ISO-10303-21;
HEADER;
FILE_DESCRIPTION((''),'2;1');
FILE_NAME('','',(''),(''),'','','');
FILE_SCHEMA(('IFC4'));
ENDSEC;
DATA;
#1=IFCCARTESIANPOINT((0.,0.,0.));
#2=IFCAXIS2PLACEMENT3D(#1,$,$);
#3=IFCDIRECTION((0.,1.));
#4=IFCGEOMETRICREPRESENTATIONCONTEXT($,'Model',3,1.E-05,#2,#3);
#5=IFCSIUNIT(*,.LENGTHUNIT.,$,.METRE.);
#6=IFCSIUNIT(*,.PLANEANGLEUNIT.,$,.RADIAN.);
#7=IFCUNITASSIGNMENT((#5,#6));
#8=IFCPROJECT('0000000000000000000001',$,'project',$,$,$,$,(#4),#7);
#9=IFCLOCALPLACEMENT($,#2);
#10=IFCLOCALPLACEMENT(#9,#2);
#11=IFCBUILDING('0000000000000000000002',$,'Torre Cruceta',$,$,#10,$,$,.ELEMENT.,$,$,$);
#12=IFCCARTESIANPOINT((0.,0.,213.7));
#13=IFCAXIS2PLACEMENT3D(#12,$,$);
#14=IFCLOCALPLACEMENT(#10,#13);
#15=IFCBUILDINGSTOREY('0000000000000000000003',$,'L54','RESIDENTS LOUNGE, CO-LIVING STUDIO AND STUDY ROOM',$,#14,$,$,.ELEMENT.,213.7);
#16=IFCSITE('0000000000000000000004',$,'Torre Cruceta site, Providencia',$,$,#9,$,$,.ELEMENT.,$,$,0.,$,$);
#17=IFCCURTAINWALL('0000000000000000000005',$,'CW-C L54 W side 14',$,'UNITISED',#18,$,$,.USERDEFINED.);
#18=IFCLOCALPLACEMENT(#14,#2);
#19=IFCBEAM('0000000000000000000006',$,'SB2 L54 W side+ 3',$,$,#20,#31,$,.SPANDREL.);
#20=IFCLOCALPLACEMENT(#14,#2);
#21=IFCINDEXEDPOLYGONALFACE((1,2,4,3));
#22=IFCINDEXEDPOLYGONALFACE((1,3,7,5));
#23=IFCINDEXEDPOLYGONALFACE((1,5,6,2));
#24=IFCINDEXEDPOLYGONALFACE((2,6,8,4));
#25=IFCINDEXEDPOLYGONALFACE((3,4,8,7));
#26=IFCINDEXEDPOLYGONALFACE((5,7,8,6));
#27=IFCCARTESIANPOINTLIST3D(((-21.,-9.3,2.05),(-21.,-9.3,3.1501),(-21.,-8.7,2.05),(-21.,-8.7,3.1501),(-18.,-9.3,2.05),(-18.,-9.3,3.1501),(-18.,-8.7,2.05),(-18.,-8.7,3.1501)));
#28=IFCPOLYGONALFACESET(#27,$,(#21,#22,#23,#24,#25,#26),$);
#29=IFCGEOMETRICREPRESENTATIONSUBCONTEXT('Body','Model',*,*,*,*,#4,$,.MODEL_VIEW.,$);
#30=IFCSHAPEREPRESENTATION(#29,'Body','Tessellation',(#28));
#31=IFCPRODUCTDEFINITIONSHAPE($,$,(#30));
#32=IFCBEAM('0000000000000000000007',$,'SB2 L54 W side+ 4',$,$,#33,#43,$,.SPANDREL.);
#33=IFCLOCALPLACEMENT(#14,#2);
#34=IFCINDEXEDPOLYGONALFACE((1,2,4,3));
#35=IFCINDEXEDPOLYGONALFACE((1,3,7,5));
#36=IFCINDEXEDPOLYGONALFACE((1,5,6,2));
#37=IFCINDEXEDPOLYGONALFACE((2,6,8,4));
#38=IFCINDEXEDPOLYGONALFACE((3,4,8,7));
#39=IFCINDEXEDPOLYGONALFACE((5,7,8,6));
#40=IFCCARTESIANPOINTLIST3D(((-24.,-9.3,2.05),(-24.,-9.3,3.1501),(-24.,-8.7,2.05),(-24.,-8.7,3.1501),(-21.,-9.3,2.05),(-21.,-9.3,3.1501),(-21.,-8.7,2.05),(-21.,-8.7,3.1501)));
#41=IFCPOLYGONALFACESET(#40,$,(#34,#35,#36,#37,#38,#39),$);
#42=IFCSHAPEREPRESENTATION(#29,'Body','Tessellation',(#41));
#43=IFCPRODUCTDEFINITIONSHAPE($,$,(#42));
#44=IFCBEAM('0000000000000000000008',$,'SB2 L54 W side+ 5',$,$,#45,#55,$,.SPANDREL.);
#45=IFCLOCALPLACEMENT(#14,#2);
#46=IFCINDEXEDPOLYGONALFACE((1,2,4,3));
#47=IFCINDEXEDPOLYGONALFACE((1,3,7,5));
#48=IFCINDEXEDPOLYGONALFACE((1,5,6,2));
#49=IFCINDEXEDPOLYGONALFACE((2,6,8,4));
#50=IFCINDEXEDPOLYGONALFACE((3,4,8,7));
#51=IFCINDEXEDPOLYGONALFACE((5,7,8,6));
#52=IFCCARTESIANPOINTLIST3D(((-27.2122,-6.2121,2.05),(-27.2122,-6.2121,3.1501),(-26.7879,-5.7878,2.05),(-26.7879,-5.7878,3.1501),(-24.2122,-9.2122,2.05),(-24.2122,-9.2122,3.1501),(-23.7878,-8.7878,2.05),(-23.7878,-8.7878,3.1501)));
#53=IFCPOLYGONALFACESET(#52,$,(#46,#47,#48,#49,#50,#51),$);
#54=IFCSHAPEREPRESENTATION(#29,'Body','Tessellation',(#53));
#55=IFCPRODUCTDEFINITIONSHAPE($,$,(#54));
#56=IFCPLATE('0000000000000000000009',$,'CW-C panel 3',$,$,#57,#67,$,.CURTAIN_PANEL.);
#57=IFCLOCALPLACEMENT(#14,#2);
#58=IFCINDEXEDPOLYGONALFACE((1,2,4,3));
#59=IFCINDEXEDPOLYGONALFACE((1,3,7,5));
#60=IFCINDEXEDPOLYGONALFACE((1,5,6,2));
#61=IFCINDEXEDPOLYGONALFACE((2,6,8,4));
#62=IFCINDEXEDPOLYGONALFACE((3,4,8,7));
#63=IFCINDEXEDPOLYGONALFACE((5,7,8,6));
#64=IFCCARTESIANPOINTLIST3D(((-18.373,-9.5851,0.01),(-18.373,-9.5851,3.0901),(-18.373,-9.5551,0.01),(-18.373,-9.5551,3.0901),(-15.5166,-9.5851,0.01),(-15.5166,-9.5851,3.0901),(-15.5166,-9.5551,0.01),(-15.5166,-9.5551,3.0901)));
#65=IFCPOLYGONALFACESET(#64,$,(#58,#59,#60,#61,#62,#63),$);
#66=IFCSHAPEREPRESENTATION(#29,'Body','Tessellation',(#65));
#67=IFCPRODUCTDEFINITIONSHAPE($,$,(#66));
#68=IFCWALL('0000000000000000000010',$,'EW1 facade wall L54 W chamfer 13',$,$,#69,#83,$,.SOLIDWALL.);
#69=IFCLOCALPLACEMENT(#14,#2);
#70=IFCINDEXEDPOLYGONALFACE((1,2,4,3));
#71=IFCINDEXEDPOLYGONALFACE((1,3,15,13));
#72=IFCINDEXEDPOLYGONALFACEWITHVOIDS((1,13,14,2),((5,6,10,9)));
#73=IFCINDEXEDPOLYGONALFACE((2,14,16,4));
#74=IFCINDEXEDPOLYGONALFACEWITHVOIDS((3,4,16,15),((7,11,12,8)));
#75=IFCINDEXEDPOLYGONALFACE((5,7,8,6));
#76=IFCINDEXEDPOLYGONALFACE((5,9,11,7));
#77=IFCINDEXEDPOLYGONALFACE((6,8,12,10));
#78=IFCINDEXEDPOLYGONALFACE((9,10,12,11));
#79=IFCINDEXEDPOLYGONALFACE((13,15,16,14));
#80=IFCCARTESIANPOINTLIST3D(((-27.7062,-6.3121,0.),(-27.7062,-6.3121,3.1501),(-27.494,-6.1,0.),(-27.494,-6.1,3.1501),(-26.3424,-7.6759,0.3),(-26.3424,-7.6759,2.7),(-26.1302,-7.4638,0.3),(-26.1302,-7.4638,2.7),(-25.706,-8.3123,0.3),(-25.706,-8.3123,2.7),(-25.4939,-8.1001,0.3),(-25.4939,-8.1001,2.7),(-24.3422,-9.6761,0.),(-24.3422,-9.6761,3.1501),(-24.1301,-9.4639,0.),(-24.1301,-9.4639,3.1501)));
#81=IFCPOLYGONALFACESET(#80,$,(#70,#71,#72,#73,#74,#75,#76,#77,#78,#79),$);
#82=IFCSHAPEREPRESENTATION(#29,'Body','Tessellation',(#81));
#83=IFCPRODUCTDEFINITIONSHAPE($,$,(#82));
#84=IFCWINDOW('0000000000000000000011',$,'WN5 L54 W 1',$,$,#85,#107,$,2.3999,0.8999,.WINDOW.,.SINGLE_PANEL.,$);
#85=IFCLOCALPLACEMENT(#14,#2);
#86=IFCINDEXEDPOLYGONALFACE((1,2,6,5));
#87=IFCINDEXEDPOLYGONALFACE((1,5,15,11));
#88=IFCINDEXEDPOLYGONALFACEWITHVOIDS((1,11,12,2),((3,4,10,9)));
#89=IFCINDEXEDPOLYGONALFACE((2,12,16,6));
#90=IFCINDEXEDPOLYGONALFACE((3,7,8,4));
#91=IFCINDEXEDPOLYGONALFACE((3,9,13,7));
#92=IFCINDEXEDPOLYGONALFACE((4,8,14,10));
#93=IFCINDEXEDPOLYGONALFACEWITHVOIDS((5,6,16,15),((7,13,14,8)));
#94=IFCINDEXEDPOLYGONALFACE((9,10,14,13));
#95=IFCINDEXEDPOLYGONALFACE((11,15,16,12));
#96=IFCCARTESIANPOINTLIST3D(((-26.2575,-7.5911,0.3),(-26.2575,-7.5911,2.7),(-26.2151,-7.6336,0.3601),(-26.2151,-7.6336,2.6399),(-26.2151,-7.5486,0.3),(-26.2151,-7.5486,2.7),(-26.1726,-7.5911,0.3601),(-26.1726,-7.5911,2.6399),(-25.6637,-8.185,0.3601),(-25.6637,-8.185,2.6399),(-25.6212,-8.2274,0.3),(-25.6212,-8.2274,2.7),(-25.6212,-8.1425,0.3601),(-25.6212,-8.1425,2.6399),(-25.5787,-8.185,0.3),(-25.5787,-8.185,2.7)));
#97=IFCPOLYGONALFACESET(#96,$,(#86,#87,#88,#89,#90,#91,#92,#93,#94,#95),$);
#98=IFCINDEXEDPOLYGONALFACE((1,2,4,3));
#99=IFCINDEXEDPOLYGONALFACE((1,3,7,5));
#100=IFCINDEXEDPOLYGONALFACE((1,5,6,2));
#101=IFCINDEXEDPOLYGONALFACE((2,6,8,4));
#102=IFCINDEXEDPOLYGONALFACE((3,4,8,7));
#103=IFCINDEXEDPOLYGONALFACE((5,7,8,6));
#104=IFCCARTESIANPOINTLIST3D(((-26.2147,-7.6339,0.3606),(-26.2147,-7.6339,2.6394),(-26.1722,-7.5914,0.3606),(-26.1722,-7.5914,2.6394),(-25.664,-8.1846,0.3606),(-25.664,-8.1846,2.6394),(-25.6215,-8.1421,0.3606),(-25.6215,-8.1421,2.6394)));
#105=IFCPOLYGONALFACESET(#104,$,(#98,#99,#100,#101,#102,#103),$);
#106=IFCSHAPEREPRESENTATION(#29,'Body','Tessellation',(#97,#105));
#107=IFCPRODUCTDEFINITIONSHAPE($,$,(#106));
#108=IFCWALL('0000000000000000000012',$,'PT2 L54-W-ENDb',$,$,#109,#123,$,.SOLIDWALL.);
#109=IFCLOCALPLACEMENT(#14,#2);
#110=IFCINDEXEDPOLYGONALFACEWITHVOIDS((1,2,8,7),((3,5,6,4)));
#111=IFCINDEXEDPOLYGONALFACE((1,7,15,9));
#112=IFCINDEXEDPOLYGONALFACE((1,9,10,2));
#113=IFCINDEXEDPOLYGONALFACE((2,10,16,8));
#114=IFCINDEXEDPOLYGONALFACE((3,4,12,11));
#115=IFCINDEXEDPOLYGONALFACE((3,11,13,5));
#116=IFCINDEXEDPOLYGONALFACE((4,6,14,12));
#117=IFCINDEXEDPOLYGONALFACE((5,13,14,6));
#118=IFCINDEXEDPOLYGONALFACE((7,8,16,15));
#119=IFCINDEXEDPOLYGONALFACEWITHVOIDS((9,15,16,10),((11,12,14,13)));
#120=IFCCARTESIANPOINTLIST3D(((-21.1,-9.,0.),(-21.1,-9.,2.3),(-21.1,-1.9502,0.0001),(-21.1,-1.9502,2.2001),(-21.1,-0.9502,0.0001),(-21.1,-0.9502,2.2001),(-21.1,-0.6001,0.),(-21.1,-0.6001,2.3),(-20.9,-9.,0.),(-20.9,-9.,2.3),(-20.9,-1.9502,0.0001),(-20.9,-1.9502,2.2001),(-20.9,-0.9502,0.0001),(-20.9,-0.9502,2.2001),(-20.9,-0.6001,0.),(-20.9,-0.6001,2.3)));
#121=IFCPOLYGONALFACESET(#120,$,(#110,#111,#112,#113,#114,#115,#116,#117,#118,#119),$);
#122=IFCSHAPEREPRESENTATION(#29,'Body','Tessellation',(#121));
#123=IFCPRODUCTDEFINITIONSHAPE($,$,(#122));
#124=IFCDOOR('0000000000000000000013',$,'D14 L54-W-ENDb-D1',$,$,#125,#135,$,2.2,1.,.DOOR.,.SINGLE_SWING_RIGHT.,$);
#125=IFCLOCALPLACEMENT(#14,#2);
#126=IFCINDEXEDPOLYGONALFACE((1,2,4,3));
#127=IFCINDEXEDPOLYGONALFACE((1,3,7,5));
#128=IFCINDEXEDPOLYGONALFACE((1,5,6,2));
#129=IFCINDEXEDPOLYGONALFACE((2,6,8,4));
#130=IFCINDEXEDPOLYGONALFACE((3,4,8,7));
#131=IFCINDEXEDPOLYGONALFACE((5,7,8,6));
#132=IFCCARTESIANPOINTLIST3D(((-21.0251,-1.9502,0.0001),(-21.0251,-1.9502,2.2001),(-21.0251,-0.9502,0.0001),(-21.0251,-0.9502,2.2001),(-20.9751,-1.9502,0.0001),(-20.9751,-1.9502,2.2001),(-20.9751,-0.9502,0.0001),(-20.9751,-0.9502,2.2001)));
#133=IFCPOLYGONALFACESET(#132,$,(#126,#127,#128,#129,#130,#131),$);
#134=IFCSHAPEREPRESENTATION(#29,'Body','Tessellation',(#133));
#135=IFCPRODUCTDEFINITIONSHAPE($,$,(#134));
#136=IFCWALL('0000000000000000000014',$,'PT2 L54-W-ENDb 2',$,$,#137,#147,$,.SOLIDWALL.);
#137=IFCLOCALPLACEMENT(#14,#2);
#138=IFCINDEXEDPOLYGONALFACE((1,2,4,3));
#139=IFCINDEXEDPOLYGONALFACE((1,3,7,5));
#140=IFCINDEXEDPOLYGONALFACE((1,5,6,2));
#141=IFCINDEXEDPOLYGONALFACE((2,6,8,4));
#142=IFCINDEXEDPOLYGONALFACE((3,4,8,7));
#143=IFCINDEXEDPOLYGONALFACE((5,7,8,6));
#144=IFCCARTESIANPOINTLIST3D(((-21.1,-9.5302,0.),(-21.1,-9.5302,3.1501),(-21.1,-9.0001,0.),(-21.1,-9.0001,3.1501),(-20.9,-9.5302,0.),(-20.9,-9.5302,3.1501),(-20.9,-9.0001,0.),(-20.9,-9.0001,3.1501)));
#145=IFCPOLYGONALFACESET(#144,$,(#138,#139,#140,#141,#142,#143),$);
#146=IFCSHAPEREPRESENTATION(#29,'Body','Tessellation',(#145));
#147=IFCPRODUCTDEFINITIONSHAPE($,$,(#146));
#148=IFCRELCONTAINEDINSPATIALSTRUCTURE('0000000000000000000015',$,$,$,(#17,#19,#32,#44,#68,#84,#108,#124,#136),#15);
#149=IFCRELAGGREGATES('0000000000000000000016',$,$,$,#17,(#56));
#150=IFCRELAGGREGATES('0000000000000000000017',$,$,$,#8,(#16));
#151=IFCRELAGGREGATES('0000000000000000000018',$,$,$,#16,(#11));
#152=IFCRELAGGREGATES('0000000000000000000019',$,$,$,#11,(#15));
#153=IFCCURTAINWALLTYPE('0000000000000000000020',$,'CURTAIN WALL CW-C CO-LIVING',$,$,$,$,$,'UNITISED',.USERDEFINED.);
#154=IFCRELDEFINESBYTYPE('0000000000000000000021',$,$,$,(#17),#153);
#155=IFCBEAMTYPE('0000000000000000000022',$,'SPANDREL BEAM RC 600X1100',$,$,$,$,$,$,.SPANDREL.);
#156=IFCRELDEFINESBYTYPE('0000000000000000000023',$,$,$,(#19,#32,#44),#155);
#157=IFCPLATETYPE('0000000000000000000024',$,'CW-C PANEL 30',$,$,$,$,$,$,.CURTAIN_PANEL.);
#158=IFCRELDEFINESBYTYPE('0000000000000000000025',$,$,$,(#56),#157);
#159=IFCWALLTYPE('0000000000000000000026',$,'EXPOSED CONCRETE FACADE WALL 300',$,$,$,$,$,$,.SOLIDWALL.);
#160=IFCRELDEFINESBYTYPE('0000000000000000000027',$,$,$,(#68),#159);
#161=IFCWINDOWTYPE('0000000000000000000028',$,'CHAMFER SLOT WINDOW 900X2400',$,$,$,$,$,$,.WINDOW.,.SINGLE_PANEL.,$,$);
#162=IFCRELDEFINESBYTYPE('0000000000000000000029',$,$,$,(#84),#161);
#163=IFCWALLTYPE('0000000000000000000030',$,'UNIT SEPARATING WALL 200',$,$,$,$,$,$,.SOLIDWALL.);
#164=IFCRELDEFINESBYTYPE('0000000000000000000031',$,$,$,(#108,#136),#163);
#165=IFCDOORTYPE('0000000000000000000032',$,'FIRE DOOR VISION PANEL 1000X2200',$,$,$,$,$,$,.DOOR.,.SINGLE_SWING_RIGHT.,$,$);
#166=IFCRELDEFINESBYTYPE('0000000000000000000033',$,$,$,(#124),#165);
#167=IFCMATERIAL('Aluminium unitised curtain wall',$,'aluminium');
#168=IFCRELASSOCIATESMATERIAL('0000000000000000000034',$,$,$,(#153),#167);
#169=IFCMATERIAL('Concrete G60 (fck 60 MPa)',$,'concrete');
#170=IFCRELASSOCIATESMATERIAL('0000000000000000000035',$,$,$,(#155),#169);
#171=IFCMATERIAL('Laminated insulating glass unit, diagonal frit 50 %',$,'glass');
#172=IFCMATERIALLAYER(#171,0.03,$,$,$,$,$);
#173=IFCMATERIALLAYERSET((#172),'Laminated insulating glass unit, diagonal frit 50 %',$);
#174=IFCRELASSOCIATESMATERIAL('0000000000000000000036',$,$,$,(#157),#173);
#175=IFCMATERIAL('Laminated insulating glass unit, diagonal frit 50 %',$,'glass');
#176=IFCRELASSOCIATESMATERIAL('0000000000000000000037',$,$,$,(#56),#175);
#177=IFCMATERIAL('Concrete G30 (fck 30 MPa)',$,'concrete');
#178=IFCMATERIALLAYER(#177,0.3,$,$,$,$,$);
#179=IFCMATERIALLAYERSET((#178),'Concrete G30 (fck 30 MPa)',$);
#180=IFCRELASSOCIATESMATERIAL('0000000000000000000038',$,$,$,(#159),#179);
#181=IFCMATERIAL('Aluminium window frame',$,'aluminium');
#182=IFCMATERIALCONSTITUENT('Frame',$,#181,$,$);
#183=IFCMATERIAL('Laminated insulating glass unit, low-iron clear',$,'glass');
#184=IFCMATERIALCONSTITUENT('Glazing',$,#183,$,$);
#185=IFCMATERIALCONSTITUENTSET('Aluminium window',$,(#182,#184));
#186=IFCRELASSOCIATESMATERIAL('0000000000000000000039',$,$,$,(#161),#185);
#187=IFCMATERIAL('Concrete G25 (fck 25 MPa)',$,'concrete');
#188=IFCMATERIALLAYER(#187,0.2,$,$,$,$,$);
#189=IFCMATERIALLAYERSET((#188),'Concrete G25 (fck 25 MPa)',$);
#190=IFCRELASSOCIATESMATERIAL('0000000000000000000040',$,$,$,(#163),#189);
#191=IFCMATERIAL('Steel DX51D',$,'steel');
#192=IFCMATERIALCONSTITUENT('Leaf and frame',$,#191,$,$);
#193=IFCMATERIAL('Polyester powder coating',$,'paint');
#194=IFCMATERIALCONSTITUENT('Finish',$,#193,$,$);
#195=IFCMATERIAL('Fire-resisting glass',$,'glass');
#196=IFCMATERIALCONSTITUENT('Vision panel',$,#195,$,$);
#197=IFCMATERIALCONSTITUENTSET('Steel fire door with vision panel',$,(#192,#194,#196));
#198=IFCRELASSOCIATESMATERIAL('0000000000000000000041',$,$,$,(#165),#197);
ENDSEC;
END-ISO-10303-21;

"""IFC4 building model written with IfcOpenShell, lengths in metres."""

from ifc_helpers import new_model, si_unit, direction, frame, frame_2d, origin, origin_2d, place, context, subcontext, project, spatial, rectangle, hollow_rectangle, extrude, material, layer, layer_set, constituent, constituent_set, material_profile, profile_set, type_object, element, fill, aggregate, save


model = new_model("IFC4")

# Units and contexts
model_context = context("Model", 3, precision=1e-05, world=origin(), true_north=direction((0.0, 1.0)))
body_context = subcontext(model_context, "Body", "Model", "MODEL_VIEW")
ifc_project = project(units=[si_unit("LENGTHUNIT", "METRE"), si_unit("PLANEANGLEUNIT", "RADIAN")], contexts=[model_context])

# Site, building, storey
site_placement = place(None, origin())
site = spatial("IfcSite", under=ifc_project, at=site_placement, Name="Torre Cruceta site, Providencia", CompositionType="ELEMENT", RefElevation=0.0)
building_placement = place(site_placement, origin())
building = spatial("IfcBuilding", under=site, at=building_placement, Name="Torre Cruceta", CompositionType="ELEMENT")
storey_placement = place(building_placement, frame((0.0, 0.0, 213.7)))
storey = spatial("IfcBuildingStorey", under=building, at=storey_placement, Name="L54", Description="RESIDENTS LOUNGE, CO-LIVING STUDIO AND STUDY ROOM", CompositionType="ELEMENT", Elevation=213.7)

# Curtain wall
ifc_material_1 = material(Name="Aluminium unitised curtain wall", Category="aluminium")
curtain_wall_type = type_object("IfcCurtainWallType", Name="CURTAIN WALL CW-C CO-LIVING", ElementType="UNITISED", PredefinedType="USERDEFINED", material=ifc_material_1)
curtain_wall_placement = place(storey_placement, origin())
curtain_wall = element("IfcCurtainWall", 1, at=curtain_wall_placement, inside=storey, type_object=curtain_wall_type, Name="CW-C L54 W side 14", ObjectType="UNITISED", PredefinedType="USERDEFINED")

# Beams
ifc_material_2 = material(Name="Concrete G60 (fck 60 MPa)", Category="concrete")
ifc_material_profile_1 = material_profile(ifc_material_2, rectangle(XDim=0.6001, YDim=1.1001, at=origin_2d()), Name="RC 600X1100")
ifc_profile_set_1 = profile_set([ifc_material_profile_1], Name="Concrete G60 (fck 60 MPa)")
beam_type_1 = type_object("IfcBeamType", Name="SPANDREL BEAM RC 600X1100", PredefinedType="SPANDREL", material=ifc_profile_set_1)
for number, where, z_axis, x_axis, name in (
    (2, (-18.0, -9.0, 2.6001), (-1.0, 0.0, 0.0), (0.0, -1.0, 0.0), "SB2 L54 W side+ 3"),
    (3, (-21.0, -9.0, 2.6001), (-1.0, 0.0, 0.0), (0.0, -1.0, 0.0), "SB2 L54 W side+ 4"),
):
    element("IfcBeam", number, at=place(storey_placement, frame(where, z_axis=z_axis, x_axis=x_axis)), inside=storey, type_object=beam_type_1, Name=name, PredefinedType="SPANDREL", context=body_context, shape_type="SweptSolid", body=[
        extrude(rectangle(XDim=0.6001, YDim=1.1001, at=origin_2d()), origin(), (0.0, 0.0, 1.0), 3.0),
    ])
beam_1_placement = place(storey_placement, frame((-24.0, -9.0, 2.6001), z_axis=(-0.707107, 0.707107, 0.0), x_axis=(-0.707107, -0.707107, 0.0)))
element("IfcBeam", 4, at=beam_1_placement, inside=storey, type_object=beam_type_1, Name="SB2 L54 W side+ 5", PredefinedType="SPANDREL", context=body_context, shape_type="SweptSolid", body=[
    extrude(rectangle(XDim=0.6001, YDim=1.1001, at=origin_2d()), origin(), (0.0, 0.0, 1.0), 4.2427),
])

# Plate
ifc_material_3 = material(Name="Laminated insulating glass unit, diagonal frit 50 %", Category="glass")
ifc_material_4 = material(Name="Laminated insulating glass unit, diagonal frit 50 %", Category="glass")
ifc_layer_1 = layer(ifc_material_4, 0.03)
ifc_layer_set_1 = layer_set([ifc_layer_1], Name="Laminated insulating glass unit, diagonal frit 50 %")
plate_type = type_object("IfcPlateType", Name="CW-C PANEL 30", PredefinedType="CURTAIN_PANEL", material=ifc_layer_set_1)
plate_placement = place(storey_placement, frame((-16.9448, -9.5701, 0.01), z_axis=(0.0, 0.0, 1.0), x_axis=(1.0, 0.0, 0.0)))
plate = element("IfcPlate", 5, at=plate_placement, type_object=plate_type, material=ifc_material_3, Name="CW-C panel 3", PredefinedType="CURTAIN_PANEL", context=body_context, shape_type="SweptSolid", body=[
    extrude(rectangle(XDim=2.8564, YDim=0.03, at=origin_2d()), origin(), (0.0, 0.0, 1.0), 3.0801),
])
aggregate(curtain_wall, [plate])

# Wall, opening, window
ifc_material_5 = material(Name="Concrete G30 (fck 30 MPa)", Category="concrete")
ifc_layer_2 = layer(ifc_material_5, 0.3)
ifc_layer_set_2 = layer_set([ifc_layer_2], Name="Concrete G30 (fck 30 MPa)")
wall_type_1 = type_object("IfcWallType", Name="EXPOSED CONCRETE FACADE WALL 300", PredefinedType="SOLIDWALL", material=ifc_layer_set_2)
wall_1_placement = place(storey_placement, frame((-27.6001, -6.2061, 0.0), z_axis=(0.0, 0.0, 1.0), x_axis=(0.707107, -0.707107, 0.0)))
wall_1 = element("IfcWall", 6, at=wall_1_placement, inside=storey, type_object=wall_type_1, Name="EW1 facade wall L54 W chamfer 13", PredefinedType="SOLIDWALL", context=body_context, shape_type="SweptSolid", body=[
    extrude(rectangle(XDim=4.7573, YDim=0.3, at=frame_2d((2.3787, 0.0))), origin(), (0.0, 0.0, 1.0), 3.1501),
])
opening_1_placement = place(wall_1_placement, frame((1.9287, 0.0, 0.3)))
opening_1 = element("IfcOpeningElement", 7, at=opening_1_placement, cuts=wall_1, PredefinedType="OPENING", context=body_context, shape_type="SweptSolid", body=[
    extrude(rectangle(XDim=0.8999, YDim=2.3999, at=frame_2d((0.45, 1.2))), frame((0.0, 0.1599, 0.0), z_axis=(0.0, -1.0, 0.0), x_axis=(1.0, 0.0, 0.0)), (0.0, 0.0, 1.0), 0.3201),
])
ifc_material_6 = material(Name="Aluminium window frame", Category="aluminium")
ifc_constituent_1 = constituent(ifc_material_6, Name="Frame")
ifc_material_7 = material(Name="Laminated insulating glass unit, low-iron clear", Category="glass")
ifc_constituent_2 = constituent(ifc_material_7, Name="Glazing")
ifc_constituent_set_1 = constituent_set(constituents=[ifc_constituent_1, ifc_constituent_2], Name="Aluminium window")
window_type = type_object("IfcWindowType", Name="CHAMFER SLOT WINDOW 900X2400", PartitioningType="SINGLE_PANEL", PredefinedType="WINDOW", material=ifc_constituent_set_1)
window_placement = place(opening_1_placement, origin())
window = element("IfcWindow", 8, at=window_placement, inside=storey, type_object=window_type, Name="WN5 L54 W 1", OverallHeight=2.3999, OverallWidth=0.8999, PartitioningType="SINGLE_PANEL", PredefinedType="WINDOW", context=body_context, shape_type="SweptSolid", body=[
    extrude(hollow_rectangle(XDim=0.8999, YDim=2.3999, WallThickness=0.0601, at=frame_2d((0.45, 1.2))), frame((0.0, 0.03, 0.0), z_axis=(0.0, -1.0, 0.0), x_axis=(1.0, 0.0, 0.0)), (0.0, 0.0, 1.0), 0.0601),
    extrude(rectangle(XDim=0.7788, YDim=2.2788, at=frame_2d((0.45, 1.2))), frame((0.0, 0.03, 0.0), z_axis=(0.0, -1.0, 0.0), x_axis=(1.0, 0.0, 0.0)), (0.0, 0.0, 1.0), 0.0601),
])
fill(opening_1, window)

# Wall, opening, door
ifc_material_8 = material(Name="Concrete G25 (fck 25 MPa)", Category="concrete")
ifc_layer_3 = layer(ifc_material_8, 0.2)
ifc_layer_set_3 = layer_set([ifc_layer_3], Name="Concrete G25 (fck 25 MPa)")
wall_type_2 = type_object("IfcWallType", Name="UNIT SEPARATING WALL 200", PredefinedType="SOLIDWALL", material=ifc_layer_set_3)
wall_2_placement = place(storey_placement, frame((-21.0, -0.6001, 0.0), z_axis=(0.0, 0.0, 1.0), x_axis=(0.0, -1.0, 0.0)))
wall_2 = element("IfcWall", 9, at=wall_2_placement, inside=storey, type_object=wall_type_2, Name="PT2 L54-W-ENDb", PredefinedType="SOLIDWALL", context=body_context, shape_type="SweptSolid", body=[
    extrude(rectangle(XDim=8.3999, YDim=0.2, at=frame_2d((4.2, 0.0))), origin(), (0.0, 0.0, 1.0), 2.3),
])
opening_2_placement = place(wall_2_placement, frame((0.3501, 0.0, 0.0)))
opening_2 = element("IfcOpeningElement", 10, at=opening_2_placement, cuts=wall_2, PredefinedType="OPENING", context=body_context, shape_type="SweptSolid", body=[
    extrude(rectangle(XDim=1.0, YDim=2.2, at=frame_2d((0.5, 1.1001))), frame((0.0, 0.1099, 0.0), z_axis=(0.0, -1.0, 0.0), x_axis=(1.0, 0.0, 0.0)), (0.0, 0.0, 1.0), 0.22),
])
ifc_material_9 = material(Name="Steel DX51D", Category="steel")
ifc_constituent_3 = constituent(ifc_material_9, Name="Leaf and frame")
ifc_material_10 = material(Name="Polyester powder coating", Category="paint")
ifc_constituent_4 = constituent(ifc_material_10, Name="Finish")
ifc_material_11 = material(Name="Fire-resisting glass", Category="glass")
ifc_constituent_5 = constituent(ifc_material_11, Name="Vision panel")
ifc_constituent_set_2 = constituent_set(constituents=[ifc_constituent_3, ifc_constituent_4, ifc_constituent_5], Name="Steel fire door with vision panel")
door_type = type_object("IfcDoorType", Name="FIRE DOOR VISION PANEL 1000X2200", OperationType="SINGLE_SWING_RIGHT", PredefinedType="DOOR", material=ifc_constituent_set_2)
door_placement = place(opening_2_placement, frame((1.0, 0.0, 0.0), z_axis=(0.0, 0.0, 1.0), x_axis=(-1.0, 0.0, 0.0)))
door = element("IfcDoor", 11, at=door_placement, inside=storey, type_object=door_type, Name="D14 L54-W-ENDb-D1", OperationType="SINGLE_SWING_RIGHT", OverallHeight=2.2, OverallWidth=1.0, PredefinedType="DOOR", context=body_context, shape_type="SweptSolid", body=[
    extrude(rectangle(XDim=1.0, YDim=2.2, at=frame_2d((0.5, 1.1001))), frame((0.0, 0.0251, 0.0), z_axis=(0.0, -1.0, 0.0), x_axis=(1.0, 0.0, 0.0)), (0.0, 0.0, 1.0), 0.05),
])
fill(opening_2, door)

# Wall
wall_3_placement = place(storey_placement, frame((-21.0, -9.0, 0.0), z_axis=(0.0, 0.0, 1.0), x_axis=(0.0, -1.0, 0.0)))
element("IfcWall", 12, at=wall_3_placement, inside=storey, type_object=wall_type_2, Name="PT2 L54-W-ENDb 2", PredefinedType="SOLIDWALL", context=body_context, shape_type="SweptSolid", body=[
    extrude(rectangle(XDim=0.53, YDim=0.2, at=frame_2d((0.2651, 0.0))), origin(), (0.0, 0.0, 1.0), 3.1501),
])

save(model, "model.ifc")
